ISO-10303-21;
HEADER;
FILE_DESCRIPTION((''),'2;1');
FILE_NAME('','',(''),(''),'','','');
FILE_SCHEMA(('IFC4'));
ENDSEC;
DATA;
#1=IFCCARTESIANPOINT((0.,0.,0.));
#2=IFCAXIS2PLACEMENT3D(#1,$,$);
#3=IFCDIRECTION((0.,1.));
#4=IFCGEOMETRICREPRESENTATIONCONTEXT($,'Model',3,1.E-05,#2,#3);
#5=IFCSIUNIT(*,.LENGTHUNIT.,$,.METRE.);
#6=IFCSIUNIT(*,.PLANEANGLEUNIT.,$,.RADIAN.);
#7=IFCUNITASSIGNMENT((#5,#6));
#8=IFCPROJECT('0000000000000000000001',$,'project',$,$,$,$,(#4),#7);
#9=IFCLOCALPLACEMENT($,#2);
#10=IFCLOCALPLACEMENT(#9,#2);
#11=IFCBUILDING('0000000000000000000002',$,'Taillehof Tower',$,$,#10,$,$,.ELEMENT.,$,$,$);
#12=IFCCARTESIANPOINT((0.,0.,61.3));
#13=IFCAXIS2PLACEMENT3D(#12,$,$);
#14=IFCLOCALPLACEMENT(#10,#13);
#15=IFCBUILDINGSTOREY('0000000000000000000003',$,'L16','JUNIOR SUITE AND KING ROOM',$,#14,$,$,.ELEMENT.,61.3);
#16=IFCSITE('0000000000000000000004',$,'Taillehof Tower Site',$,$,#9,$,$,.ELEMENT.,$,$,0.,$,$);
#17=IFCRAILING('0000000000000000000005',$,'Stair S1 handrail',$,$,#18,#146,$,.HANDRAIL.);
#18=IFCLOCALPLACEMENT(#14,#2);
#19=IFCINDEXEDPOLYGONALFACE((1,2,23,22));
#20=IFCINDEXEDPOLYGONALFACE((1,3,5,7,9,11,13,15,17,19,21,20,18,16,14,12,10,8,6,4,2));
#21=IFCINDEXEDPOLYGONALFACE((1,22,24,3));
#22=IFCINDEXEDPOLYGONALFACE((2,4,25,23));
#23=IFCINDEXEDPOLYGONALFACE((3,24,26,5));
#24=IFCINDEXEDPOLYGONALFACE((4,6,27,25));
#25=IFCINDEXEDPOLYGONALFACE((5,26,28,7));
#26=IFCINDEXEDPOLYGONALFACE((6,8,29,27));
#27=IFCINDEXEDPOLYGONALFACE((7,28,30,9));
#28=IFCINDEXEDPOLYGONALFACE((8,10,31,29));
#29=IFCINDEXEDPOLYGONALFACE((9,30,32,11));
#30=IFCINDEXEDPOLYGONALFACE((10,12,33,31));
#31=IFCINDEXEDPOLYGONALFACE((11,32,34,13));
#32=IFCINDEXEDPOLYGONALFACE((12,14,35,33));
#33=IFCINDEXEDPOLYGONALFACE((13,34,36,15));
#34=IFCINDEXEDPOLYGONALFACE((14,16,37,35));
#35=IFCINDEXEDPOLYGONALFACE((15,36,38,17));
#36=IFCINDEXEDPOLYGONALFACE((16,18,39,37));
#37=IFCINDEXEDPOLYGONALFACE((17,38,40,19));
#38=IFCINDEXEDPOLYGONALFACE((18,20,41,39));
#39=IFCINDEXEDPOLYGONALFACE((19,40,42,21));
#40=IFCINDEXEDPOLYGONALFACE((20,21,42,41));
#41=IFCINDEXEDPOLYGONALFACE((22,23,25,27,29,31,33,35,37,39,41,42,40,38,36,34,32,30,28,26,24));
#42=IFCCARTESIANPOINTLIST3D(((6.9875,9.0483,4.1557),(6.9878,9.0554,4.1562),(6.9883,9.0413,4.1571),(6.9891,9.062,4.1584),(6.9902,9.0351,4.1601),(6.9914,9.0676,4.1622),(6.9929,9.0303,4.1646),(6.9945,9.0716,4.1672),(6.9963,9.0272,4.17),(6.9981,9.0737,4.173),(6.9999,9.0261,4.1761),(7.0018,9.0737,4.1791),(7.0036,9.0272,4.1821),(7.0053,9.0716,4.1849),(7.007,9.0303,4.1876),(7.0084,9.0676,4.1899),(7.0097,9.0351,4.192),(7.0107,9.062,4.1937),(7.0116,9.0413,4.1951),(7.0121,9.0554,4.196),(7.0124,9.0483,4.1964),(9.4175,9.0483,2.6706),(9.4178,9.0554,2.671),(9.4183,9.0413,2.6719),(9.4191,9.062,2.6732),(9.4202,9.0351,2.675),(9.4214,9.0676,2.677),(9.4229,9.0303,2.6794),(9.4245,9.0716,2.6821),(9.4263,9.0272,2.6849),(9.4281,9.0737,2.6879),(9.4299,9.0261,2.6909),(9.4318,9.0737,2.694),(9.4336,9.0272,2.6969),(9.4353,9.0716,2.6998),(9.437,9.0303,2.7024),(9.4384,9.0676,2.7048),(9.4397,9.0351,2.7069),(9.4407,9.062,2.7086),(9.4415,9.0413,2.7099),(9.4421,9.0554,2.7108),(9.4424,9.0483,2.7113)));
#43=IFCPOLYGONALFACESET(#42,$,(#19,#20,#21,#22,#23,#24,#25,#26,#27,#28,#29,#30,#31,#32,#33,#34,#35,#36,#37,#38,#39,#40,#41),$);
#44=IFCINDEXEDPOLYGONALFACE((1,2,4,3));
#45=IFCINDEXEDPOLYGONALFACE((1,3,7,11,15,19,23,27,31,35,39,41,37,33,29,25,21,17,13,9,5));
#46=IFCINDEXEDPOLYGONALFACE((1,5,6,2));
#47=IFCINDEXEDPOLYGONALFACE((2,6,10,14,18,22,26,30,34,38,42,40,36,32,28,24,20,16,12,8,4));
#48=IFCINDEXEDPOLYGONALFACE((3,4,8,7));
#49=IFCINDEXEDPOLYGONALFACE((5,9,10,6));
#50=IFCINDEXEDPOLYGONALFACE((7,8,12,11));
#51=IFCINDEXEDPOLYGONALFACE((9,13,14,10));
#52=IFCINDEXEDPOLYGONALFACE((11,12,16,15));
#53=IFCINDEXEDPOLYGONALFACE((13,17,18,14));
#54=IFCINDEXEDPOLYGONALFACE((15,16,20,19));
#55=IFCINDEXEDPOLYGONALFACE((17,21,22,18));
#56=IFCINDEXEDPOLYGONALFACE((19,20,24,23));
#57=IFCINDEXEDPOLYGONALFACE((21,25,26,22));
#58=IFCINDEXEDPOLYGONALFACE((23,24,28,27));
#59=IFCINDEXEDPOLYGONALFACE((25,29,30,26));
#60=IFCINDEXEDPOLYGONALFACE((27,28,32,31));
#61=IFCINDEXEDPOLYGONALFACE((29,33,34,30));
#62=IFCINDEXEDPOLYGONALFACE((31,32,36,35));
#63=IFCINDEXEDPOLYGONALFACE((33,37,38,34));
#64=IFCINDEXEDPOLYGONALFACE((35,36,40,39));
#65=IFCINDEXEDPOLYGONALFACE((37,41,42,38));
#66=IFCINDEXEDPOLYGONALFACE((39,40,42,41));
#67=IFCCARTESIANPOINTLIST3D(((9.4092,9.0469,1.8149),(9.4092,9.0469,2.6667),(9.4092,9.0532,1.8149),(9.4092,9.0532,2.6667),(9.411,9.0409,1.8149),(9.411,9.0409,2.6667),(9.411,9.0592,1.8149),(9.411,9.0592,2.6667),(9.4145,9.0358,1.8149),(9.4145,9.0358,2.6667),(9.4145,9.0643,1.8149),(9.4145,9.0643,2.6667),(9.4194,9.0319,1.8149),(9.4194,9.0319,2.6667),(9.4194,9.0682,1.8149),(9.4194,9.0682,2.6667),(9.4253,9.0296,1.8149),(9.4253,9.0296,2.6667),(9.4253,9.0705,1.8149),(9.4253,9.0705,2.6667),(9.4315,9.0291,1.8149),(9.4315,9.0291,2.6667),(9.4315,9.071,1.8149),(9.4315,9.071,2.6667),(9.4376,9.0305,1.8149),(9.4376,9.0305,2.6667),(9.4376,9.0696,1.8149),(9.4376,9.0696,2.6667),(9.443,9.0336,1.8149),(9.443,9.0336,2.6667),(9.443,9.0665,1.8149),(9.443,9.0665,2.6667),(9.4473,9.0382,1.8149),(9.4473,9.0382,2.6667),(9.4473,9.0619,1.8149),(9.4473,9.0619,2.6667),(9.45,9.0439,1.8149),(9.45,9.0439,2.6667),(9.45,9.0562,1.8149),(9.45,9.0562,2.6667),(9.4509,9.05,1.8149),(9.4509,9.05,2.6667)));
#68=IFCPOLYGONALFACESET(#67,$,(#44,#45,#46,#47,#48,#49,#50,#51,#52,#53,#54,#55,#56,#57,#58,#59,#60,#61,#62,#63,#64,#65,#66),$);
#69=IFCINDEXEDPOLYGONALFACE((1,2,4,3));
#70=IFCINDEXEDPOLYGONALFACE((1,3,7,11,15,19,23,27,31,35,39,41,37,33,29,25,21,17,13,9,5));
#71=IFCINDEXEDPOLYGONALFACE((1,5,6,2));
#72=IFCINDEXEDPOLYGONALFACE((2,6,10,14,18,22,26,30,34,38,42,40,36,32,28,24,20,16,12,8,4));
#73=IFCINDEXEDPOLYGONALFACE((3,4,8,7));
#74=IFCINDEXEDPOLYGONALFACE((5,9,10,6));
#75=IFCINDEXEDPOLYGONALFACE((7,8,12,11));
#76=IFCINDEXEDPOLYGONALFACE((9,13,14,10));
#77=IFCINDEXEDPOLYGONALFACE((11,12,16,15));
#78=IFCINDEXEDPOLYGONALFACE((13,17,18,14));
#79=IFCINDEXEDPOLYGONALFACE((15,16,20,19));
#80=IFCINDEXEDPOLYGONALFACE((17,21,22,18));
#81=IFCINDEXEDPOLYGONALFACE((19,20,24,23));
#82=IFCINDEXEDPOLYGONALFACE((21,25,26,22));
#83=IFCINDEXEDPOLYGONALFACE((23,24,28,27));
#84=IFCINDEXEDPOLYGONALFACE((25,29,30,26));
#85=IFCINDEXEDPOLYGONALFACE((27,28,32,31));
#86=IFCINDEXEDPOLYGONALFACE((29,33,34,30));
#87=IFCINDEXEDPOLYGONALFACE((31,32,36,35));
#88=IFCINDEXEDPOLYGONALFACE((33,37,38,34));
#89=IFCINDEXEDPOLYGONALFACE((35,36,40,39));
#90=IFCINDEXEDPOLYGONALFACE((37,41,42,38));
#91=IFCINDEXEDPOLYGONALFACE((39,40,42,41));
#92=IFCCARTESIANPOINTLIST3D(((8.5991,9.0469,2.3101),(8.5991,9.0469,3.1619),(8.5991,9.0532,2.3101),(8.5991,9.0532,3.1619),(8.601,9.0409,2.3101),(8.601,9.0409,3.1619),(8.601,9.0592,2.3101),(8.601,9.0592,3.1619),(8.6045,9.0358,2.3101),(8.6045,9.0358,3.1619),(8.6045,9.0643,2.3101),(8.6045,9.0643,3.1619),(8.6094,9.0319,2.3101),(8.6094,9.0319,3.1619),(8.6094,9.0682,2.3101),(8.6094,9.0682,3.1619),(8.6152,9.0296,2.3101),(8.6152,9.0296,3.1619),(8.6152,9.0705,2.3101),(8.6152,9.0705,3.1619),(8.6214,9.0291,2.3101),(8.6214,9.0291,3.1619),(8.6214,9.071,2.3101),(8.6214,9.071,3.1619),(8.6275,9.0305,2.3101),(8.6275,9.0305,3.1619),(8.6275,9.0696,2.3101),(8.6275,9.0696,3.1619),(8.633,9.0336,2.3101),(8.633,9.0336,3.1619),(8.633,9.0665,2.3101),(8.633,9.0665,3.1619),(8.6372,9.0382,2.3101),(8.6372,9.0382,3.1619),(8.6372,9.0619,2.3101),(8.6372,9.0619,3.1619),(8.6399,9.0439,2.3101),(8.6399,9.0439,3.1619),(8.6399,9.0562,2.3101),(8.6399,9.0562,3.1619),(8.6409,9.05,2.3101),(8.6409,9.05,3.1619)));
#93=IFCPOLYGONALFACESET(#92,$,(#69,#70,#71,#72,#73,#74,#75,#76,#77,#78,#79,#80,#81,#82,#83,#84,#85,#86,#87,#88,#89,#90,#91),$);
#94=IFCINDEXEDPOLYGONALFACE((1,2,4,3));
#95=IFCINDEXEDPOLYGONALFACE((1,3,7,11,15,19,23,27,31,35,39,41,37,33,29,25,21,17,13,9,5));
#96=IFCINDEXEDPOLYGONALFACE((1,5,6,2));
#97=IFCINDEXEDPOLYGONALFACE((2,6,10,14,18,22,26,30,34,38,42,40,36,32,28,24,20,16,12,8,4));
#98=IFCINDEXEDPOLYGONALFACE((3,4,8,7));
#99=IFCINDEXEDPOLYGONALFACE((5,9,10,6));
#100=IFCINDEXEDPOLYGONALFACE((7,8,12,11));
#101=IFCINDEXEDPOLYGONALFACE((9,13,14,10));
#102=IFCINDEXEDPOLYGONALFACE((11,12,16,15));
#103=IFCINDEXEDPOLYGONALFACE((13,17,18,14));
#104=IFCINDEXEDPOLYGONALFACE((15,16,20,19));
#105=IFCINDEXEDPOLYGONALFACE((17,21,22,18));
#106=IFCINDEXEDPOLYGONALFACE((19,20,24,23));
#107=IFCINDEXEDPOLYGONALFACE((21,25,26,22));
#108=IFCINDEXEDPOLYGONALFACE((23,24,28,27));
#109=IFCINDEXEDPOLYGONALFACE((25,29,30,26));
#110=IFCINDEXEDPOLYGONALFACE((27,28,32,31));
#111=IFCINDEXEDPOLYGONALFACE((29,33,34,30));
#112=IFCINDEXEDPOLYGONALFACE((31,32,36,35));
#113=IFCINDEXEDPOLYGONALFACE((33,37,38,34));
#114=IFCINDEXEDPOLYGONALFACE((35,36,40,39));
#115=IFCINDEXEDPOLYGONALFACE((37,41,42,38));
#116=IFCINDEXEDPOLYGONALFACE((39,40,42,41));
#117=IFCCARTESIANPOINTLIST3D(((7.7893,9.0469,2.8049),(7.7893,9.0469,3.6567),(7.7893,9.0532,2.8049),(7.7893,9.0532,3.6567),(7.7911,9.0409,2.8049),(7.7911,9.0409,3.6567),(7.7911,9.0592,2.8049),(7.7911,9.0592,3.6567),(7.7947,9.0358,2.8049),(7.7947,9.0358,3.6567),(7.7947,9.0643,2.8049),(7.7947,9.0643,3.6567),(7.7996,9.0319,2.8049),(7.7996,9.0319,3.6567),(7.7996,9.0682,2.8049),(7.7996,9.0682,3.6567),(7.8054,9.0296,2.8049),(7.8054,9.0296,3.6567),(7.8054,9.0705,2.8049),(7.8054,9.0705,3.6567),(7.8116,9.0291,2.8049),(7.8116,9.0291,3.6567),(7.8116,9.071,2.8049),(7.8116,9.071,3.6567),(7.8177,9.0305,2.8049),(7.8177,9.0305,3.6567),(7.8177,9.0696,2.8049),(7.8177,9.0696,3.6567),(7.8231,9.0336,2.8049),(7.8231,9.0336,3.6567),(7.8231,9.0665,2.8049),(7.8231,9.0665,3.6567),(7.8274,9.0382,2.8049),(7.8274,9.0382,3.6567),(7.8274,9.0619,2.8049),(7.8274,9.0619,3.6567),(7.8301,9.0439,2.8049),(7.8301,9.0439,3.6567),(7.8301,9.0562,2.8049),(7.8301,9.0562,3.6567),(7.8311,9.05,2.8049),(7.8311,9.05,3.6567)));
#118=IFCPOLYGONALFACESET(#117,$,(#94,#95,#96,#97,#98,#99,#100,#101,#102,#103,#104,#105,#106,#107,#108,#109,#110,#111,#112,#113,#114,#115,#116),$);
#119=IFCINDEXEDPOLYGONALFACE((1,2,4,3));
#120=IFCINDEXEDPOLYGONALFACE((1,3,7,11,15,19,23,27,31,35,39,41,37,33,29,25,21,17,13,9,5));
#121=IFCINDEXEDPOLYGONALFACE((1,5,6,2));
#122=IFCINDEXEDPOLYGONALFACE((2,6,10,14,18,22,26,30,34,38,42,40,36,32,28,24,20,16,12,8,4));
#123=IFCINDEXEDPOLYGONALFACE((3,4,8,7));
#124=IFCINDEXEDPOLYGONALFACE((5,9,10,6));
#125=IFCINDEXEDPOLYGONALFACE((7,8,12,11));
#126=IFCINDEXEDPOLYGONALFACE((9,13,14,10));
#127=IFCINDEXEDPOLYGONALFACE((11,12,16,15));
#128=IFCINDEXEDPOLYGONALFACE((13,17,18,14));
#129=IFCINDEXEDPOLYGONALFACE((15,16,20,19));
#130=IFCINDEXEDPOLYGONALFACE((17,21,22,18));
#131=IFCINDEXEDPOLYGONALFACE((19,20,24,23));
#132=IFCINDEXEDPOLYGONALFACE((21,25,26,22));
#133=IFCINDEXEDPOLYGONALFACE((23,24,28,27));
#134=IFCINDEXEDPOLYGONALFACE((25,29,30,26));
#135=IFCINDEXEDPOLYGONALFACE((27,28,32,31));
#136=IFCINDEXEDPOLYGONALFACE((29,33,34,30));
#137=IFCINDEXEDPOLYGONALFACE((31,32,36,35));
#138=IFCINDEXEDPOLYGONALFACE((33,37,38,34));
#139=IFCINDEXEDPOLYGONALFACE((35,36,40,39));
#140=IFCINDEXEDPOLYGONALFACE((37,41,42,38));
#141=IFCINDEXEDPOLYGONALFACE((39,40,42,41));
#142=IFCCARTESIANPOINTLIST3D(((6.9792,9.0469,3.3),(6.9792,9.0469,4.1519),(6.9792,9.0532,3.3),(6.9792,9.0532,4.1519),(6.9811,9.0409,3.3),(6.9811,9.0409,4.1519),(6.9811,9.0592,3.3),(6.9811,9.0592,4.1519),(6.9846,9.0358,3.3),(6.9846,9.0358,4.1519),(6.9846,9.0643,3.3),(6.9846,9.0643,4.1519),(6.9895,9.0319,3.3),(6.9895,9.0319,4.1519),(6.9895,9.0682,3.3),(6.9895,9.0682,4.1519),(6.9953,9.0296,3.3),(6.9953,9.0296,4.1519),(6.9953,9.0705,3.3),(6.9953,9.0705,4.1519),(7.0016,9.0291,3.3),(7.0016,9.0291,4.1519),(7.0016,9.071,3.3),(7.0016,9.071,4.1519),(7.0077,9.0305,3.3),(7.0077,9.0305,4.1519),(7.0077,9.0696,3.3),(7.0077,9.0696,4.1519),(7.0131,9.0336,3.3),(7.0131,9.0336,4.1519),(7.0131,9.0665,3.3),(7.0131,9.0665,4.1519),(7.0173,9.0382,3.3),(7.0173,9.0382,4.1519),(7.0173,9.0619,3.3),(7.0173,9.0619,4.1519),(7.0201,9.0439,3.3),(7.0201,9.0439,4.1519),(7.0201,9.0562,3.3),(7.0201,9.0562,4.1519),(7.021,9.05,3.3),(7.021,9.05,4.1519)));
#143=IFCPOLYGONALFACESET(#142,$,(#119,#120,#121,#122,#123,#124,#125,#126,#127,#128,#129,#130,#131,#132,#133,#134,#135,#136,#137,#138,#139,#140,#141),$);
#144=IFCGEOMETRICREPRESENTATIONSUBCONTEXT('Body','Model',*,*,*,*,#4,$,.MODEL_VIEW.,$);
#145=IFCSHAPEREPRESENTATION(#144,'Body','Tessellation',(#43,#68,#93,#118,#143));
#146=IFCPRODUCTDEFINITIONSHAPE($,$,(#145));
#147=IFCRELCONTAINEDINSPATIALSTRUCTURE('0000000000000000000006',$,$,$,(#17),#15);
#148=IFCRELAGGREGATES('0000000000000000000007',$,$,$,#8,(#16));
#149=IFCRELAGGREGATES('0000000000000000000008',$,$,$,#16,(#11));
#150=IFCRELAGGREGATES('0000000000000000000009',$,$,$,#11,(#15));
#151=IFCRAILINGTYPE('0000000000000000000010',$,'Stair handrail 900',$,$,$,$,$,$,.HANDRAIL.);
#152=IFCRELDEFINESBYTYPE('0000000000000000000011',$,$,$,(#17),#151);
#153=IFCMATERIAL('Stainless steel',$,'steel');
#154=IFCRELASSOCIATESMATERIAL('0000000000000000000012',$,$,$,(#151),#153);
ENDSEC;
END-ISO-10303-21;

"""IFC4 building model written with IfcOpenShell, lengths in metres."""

from ifc_helpers import new_model, si_unit, direction, frame, origin, origin_2d, place, context, subcontext, project, spatial, circle, extrude, material, type_object, element, save


model = new_model("IFC4")

# Units and contexts
model_context = context("Model", 3, precision=1e-05, world=origin(), true_north=direction((0.0, 1.0)))
body_context = subcontext(model_context, "Body", "Model", "MODEL_VIEW")
ifc_project = project(units=[si_unit("LENGTHUNIT", "METRE"), si_unit("PLANEANGLEUNIT", "RADIAN")], contexts=[model_context])

# Site, building, storey
site_placement = place(None, origin())
site = spatial("IfcSite", under=ifc_project, at=site_placement, Name="Taillehof Tower Site", CompositionType="ELEMENT", RefElevation=0.0)
building_placement = place(site_placement, origin())
building = spatial("IfcBuilding", under=site, at=building_placement, Name="Taillehof Tower", CompositionType="ELEMENT")
storey_placement = place(building_placement, frame((0.0, 0.0, 61.3)))
storey = spatial("IfcBuildingStorey", under=building, at=storey_placement, Name="L16", Description="JUNIOR SUITE AND KING ROOM", CompositionType="ELEMENT", Elevation=61.3)

# Railing
ifc_material_1 = material(Name="Stainless steel", Category="steel")
railing_type = type_object("IfcRailingType", Name="Stair handrail 900", PredefinedType="HANDRAIL", material=ifc_material_1)
railing_1_placement = place(storey_placement, frame((9.4299, 9.05, 1.8149)))
element("IfcRailing", 1, at=railing_1_placement, inside=storey, type_object=railing_type, Name="Stair S1 handrail", PredefinedType="HANDRAIL", context=body_context, shape_type="SweptSolid", body=[
    extrude(circle(Radius=0.0239, at=origin_2d()), frame((0.0, 0.0, 0.876), z_axis=(-0.853259, 0.0, 0.521488), x_axis=(0.0, -1.0, 0.0)), (0.0, 0.0, 1.0), 2.8479),
    extrude(circle(Radius=0.021, at=origin_2d()), origin(), (0.0, 0.0, 1.0), 0.8518),
    extrude(circle(Radius=0.021, at=origin_2d()), frame((-0.8101, 0.0, 0.4951)), (0.0, 0.0, 1.0), 0.8518),
    extrude(circle(Radius=0.021, at=origin_2d()), frame((-1.6199, 0.0, 0.99)), (0.0, 0.0, 1.0), 0.8518),
    extrude(circle(Radius=0.021, at=origin_2d()), frame((-2.4299, 0.0, 1.4851)), (0.0, 0.0, 1.0), 0.8518),
])

save(model, "model.ifc")
